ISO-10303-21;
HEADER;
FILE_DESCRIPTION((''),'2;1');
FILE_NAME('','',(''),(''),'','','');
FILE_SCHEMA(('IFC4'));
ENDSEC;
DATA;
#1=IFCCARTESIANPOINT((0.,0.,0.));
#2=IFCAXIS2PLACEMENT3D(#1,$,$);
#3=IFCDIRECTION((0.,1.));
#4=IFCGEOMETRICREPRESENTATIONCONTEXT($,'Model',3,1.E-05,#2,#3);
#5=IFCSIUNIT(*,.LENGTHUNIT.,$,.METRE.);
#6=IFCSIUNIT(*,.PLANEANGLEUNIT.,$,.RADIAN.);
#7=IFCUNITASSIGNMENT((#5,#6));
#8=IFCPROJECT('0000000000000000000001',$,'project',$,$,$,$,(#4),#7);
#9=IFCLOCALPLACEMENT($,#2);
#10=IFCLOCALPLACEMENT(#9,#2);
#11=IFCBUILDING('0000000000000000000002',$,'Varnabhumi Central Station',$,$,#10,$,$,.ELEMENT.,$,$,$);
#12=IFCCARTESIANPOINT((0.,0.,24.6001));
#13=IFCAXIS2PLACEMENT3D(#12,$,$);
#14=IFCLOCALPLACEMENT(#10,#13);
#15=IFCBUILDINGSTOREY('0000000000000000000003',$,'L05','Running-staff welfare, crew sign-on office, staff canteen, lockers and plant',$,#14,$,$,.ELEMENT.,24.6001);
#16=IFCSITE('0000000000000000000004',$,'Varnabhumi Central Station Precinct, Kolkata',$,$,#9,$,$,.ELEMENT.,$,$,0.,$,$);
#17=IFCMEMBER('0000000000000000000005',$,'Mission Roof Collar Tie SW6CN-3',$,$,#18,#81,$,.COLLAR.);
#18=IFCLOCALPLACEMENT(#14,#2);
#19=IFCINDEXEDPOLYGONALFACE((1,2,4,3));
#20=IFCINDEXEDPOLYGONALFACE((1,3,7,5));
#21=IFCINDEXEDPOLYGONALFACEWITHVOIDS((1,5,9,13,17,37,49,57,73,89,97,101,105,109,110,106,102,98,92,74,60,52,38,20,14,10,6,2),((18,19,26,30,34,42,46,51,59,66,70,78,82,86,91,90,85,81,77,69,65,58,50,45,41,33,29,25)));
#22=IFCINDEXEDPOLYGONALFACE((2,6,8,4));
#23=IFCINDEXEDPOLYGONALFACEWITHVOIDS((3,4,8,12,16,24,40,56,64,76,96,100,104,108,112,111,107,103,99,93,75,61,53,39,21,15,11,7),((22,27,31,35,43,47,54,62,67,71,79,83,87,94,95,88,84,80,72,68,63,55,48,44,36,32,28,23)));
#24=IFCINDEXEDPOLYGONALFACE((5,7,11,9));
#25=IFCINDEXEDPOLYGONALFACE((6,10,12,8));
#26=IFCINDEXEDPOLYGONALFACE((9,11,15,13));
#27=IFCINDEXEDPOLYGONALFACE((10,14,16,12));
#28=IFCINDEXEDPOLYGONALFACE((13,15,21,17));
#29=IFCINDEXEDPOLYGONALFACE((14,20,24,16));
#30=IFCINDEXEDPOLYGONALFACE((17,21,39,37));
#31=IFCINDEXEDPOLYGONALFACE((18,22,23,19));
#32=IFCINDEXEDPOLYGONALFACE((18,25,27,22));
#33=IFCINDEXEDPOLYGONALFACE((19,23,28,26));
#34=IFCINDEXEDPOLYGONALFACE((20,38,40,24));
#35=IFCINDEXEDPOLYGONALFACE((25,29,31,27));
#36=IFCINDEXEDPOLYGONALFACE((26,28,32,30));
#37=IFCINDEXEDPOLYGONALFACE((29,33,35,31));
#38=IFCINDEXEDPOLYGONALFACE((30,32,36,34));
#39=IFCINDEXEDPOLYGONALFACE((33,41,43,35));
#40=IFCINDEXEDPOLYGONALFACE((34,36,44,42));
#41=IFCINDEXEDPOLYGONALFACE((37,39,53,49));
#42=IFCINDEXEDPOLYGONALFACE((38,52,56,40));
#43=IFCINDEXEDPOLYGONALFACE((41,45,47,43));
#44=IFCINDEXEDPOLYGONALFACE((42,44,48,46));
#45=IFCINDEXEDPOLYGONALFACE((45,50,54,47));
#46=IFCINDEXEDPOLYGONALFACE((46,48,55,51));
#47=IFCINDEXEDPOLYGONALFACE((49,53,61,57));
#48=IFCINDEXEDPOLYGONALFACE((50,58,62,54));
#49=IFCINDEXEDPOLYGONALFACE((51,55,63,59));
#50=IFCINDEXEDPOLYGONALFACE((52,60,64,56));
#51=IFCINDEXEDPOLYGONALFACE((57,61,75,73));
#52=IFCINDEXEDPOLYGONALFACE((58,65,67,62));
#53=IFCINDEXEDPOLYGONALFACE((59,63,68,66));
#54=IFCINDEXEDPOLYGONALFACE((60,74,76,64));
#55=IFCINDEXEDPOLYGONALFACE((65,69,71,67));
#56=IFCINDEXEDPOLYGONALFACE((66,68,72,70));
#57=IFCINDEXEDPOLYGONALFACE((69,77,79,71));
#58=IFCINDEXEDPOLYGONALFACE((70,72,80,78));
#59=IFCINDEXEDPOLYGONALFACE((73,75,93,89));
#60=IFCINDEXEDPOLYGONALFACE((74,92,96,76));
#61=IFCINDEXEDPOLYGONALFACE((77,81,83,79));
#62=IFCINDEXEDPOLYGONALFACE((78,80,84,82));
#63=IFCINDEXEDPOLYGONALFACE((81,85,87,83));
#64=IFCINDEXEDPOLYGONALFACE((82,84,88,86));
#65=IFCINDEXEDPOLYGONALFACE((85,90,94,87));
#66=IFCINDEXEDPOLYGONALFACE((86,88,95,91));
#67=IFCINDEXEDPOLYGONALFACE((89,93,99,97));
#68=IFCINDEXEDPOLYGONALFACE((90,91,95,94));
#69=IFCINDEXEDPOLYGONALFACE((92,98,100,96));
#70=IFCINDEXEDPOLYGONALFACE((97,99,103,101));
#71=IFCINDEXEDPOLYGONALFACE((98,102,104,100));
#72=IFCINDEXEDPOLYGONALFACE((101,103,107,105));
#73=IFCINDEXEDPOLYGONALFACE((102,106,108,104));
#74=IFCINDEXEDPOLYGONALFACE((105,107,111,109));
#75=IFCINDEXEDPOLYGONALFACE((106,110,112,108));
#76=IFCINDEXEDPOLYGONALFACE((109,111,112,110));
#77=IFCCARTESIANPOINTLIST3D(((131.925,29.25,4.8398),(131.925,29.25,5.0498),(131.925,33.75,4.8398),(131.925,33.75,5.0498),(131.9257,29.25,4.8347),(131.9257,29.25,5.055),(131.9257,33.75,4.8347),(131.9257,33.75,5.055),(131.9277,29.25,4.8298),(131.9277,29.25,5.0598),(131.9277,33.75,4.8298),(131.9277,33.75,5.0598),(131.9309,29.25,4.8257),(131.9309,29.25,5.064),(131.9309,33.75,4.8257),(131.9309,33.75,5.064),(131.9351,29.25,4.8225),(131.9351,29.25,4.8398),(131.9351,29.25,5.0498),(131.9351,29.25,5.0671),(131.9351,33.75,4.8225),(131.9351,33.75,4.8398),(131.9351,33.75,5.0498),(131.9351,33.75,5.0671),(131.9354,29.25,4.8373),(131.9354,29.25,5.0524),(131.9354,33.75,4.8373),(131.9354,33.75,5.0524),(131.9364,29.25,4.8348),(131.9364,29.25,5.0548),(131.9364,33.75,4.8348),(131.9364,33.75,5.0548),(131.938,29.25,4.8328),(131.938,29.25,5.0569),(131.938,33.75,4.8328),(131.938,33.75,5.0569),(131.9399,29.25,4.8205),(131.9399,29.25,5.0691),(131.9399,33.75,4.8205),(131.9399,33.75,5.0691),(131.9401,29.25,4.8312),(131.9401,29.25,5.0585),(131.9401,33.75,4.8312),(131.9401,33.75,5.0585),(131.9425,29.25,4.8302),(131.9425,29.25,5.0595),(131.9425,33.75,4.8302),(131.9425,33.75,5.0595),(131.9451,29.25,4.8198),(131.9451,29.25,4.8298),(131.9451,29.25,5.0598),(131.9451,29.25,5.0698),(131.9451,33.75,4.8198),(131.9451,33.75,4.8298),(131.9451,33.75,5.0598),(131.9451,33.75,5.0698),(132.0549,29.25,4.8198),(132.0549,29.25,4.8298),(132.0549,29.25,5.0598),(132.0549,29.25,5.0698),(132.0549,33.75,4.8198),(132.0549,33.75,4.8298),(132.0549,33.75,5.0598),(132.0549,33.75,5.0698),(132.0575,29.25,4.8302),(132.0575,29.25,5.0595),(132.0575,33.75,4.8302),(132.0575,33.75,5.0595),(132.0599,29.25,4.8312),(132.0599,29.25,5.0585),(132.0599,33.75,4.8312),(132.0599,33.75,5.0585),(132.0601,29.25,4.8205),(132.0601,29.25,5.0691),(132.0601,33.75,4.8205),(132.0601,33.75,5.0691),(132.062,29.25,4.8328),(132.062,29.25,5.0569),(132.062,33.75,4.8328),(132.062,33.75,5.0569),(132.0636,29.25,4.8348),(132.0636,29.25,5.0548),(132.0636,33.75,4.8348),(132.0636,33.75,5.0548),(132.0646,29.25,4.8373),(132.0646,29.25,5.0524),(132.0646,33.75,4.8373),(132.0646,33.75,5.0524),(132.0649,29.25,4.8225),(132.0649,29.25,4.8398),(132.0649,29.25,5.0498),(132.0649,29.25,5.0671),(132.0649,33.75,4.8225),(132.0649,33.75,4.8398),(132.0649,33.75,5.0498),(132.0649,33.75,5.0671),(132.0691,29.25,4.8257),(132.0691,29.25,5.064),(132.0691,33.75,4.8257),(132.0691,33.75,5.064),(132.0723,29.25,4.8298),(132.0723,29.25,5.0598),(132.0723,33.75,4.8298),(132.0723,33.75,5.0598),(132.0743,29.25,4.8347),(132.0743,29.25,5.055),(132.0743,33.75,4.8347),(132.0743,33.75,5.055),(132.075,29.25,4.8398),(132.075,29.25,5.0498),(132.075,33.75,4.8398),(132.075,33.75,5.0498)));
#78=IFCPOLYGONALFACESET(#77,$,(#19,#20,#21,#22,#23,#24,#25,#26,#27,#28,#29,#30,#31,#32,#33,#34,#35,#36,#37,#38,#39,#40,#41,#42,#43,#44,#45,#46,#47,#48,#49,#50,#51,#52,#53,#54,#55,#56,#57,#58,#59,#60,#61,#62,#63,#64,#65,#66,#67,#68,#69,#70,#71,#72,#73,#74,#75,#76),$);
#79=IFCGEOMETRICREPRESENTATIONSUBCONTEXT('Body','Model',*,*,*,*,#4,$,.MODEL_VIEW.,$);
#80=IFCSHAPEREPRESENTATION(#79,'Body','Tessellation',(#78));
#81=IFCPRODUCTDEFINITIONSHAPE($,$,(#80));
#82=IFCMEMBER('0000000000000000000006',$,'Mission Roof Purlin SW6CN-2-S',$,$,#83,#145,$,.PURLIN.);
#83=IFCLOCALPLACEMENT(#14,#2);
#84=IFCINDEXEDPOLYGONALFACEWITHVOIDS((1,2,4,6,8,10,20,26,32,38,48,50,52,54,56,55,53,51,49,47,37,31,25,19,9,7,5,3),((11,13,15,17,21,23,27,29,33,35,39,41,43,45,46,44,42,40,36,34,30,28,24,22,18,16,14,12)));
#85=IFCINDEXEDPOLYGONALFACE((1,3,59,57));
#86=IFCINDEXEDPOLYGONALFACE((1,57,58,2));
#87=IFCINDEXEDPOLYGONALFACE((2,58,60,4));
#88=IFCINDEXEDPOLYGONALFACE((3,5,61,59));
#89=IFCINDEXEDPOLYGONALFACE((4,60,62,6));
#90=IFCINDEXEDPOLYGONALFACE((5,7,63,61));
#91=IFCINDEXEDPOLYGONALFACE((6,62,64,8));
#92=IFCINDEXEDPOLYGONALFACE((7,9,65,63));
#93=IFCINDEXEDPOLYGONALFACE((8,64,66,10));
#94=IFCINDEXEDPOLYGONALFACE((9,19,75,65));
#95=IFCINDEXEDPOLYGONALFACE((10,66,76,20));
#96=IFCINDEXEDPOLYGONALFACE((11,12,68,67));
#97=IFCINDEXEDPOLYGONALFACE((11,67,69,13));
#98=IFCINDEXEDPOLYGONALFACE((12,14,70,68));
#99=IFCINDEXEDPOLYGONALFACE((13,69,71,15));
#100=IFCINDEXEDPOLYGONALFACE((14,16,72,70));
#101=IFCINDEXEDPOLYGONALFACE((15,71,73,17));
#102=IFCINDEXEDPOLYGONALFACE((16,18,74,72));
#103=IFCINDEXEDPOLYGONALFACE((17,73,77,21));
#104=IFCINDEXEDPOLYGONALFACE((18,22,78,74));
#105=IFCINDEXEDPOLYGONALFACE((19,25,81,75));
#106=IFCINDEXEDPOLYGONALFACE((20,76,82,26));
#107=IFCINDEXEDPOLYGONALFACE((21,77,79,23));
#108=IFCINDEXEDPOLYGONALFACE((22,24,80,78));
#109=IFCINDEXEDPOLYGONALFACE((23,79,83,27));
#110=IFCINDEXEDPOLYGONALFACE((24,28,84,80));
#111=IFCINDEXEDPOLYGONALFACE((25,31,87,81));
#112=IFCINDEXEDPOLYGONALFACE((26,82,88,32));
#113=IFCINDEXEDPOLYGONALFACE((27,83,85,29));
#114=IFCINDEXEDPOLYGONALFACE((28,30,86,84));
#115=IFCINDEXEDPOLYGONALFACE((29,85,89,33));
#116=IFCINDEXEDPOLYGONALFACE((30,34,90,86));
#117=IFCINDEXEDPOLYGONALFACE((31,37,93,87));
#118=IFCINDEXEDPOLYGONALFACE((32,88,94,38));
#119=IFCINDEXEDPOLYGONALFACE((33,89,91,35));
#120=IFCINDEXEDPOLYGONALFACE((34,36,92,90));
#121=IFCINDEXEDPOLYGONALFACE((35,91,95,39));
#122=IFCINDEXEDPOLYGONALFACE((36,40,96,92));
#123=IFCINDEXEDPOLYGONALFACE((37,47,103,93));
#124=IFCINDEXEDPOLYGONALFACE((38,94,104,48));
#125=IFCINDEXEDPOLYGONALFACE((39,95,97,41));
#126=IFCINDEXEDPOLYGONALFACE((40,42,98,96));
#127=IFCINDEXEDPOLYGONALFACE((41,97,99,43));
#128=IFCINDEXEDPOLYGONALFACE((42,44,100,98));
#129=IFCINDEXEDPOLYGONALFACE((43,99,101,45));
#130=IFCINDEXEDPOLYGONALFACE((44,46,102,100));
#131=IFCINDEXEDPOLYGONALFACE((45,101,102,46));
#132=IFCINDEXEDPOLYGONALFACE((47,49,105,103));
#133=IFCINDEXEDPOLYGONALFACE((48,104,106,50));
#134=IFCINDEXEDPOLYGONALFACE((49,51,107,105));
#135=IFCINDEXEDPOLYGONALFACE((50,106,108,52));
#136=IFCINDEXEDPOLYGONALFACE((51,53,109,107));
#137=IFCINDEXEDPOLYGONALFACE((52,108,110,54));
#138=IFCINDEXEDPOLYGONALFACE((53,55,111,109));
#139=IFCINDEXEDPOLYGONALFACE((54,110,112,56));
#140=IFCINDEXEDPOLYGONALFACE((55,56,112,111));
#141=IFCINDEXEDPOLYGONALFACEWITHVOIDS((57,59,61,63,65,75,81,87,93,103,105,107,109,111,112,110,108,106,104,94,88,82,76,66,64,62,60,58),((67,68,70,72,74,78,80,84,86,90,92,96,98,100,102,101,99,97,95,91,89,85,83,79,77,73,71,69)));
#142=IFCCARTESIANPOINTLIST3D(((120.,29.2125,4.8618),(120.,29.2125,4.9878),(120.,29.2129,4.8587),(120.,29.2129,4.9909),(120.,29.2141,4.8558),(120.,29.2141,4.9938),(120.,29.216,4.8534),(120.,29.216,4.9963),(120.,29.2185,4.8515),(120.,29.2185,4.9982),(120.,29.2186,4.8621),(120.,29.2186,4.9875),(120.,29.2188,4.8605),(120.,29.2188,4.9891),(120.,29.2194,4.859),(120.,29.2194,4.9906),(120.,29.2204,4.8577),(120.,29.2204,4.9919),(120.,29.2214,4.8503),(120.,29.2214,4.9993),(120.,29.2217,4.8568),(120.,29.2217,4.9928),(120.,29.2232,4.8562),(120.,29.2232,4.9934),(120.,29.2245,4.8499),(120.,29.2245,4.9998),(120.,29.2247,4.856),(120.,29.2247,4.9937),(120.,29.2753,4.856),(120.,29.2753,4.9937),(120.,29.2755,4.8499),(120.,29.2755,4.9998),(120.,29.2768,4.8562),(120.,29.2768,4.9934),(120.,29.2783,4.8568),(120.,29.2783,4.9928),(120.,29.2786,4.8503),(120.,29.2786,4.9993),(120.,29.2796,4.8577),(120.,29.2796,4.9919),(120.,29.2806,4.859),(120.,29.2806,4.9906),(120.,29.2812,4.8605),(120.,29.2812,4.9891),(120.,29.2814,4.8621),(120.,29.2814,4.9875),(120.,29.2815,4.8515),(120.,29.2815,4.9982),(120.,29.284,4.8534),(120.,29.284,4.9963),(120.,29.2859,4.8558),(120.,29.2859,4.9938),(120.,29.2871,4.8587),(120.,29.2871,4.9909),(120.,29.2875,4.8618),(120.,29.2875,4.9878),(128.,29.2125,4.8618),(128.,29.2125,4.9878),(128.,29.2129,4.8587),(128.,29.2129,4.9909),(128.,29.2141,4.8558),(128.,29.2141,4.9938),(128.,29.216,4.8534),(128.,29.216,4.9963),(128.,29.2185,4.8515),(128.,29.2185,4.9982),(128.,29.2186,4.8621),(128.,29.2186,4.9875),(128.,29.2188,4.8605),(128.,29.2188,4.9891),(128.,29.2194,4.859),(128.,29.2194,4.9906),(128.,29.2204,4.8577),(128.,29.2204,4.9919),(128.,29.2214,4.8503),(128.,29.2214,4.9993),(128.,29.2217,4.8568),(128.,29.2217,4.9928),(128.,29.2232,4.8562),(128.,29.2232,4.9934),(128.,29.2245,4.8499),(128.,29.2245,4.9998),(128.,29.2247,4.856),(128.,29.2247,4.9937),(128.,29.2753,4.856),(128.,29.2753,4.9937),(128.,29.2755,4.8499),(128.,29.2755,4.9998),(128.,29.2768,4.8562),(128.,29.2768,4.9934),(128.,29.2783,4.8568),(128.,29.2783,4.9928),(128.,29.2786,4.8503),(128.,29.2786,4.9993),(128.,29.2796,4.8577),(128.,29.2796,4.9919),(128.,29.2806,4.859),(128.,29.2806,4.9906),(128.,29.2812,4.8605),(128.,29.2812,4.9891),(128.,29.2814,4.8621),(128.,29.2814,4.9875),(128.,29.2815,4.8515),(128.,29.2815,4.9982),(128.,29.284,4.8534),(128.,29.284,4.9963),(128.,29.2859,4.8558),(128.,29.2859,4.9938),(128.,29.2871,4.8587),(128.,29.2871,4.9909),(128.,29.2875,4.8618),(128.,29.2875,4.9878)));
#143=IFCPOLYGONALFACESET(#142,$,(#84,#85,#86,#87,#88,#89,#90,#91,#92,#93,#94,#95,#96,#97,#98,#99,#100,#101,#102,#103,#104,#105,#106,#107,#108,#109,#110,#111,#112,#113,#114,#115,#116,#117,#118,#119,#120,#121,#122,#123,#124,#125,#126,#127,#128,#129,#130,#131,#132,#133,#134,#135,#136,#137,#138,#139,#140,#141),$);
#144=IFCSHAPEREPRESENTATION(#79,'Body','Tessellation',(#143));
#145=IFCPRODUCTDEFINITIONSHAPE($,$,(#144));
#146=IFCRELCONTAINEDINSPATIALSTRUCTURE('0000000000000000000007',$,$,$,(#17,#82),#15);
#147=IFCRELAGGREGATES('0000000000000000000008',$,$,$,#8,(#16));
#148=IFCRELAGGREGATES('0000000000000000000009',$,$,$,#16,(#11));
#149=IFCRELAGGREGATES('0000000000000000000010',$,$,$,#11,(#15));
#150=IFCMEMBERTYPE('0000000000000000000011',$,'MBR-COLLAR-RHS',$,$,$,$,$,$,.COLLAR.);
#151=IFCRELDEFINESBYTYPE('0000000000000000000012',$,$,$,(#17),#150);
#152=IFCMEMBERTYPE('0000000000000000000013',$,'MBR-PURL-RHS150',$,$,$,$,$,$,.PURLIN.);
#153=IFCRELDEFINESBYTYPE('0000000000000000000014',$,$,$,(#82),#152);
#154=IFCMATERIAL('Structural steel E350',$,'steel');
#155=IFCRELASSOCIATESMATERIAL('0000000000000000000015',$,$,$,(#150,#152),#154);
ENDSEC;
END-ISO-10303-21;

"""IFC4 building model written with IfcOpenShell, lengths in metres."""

from ifc_helpers import new_model, si_unit, direction, frame, origin, origin_2d, place, context, subcontext, project, spatial, hollow_rectangle, extrude, material, material_profile, profile_set, type_object, element, save


model = new_model("IFC4")

# Units and contexts
model_context = context("Model", 3, precision=1e-05, world=origin(), true_north=direction((0.0, 1.0)))
body_context = subcontext(model_context, "Body", "Model", "MODEL_VIEW")
ifc_project = project(units=[si_unit("LENGTHUNIT", "METRE"), si_unit("PLANEANGLEUNIT", "RADIAN")], contexts=[model_context])

# Site, building, storey
site_placement = place(None, origin())
site = spatial("IfcSite", under=ifc_project, at=site_placement, Name="Varnabhumi Central Station Precinct, Kolkata", CompositionType="ELEMENT", RefElevation=0.0)
building_placement = place(site_placement, origin())
building = spatial("IfcBuilding", under=site, at=building_placement, Name="Varnabhumi Central Station", CompositionType="ELEMENT")
storey_placement = place(building_placement, frame((0.0, 0.0, 24.6001)))
storey = spatial("IfcBuildingStorey", under=building, at=storey_placement, Name="L05", Description="Running-staff welfare, crew sign-on office, staff canteen, lockers and plant", CompositionType="ELEMENT", Elevation=24.6001)

# Shared definitions
ifc_material_1 = material(Name="Structural steel E350", Category="steel")

# Members
ifc_material_profile_1 = material_profile(ifc_material_1, hollow_rectangle(XDim=0.1499, YDim=0.25, WallThickness=0.01, InnerFilletRadius=0.01, OuterFilletRadius=0.02, at=origin_2d()), Name="Structural steel E350", Category="steel")
ifc_profile_set_1 = profile_set([ifc_material_profile_1], Name="Structural steel E350")
member_type_1 = type_object("IfcMemberType", Name="MBR-COLLAR-RHS", PredefinedType="COLLAR", material=ifc_profile_set_1)
for number, where, z_axis, x_axis, name in (
    (1, (132.0, 29.25, 4.9448), (0.0, 1.0, 0.0), (-1.0, 0.0, 0.0), "Mission Roof Collar Tie SW6CN-3"),
):
    element("IfcMember", number, at=place(storey_placement, frame(where, z_axis=z_axis, x_axis=x_axis)), inside=storey, type_object=member_type_1, Name=name, PredefinedType="COLLAR", context=body_context, shape_type="SweptSolid", body=[
        extrude(hollow_rectangle(XDim=0.1499, YDim=0.25, WallThickness=0.01, InnerFilletRadius=0.01, OuterFilletRadius=0.02, at=origin_2d()), origin(), (0.0, 0.0, 1.0), 4.5),
    ])
ifc_material_profile_2 = material_profile(ifc_material_1, hollow_rectangle(XDim=0.075, YDim=0.1499, WallThickness=0.0061, InnerFilletRadius=0.0061, OuterFilletRadius=0.012, at=origin_2d()), Name="Structural steel E350", Category="steel")
ifc_profile_set_2 = profile_set([ifc_material_profile_2], Name="Structural steel E350")
member_type_2 = type_object("IfcMemberType", Name="MBR-PURL-RHS150", PredefinedType="PURLIN", material=ifc_profile_set_2)
for number, where, z_axis, x_axis, name in (
    (2, (120.0, 29.25, 4.9248), (1.0, 0.0, 0.0), (0.0, 1.0, 0.0), "Mission Roof Purlin SW6CN-2-S"),
):
    element("IfcMember", number, at=place(storey_placement, frame(where, z_axis=z_axis, x_axis=x_axis)), inside=storey, type_object=member_type_2, Name=name, PredefinedType="PURLIN", context=body_context, shape_type="SweptSolid", body=[
        extrude(hollow_rectangle(XDim=0.075, YDim=0.1499, WallThickness=0.0061, InnerFilletRadius=0.0061, OuterFilletRadius=0.012, at=origin_2d()), origin(), (0.0, 0.0, 1.0), 8.0),
    ])

save(model, "model.ifc")
